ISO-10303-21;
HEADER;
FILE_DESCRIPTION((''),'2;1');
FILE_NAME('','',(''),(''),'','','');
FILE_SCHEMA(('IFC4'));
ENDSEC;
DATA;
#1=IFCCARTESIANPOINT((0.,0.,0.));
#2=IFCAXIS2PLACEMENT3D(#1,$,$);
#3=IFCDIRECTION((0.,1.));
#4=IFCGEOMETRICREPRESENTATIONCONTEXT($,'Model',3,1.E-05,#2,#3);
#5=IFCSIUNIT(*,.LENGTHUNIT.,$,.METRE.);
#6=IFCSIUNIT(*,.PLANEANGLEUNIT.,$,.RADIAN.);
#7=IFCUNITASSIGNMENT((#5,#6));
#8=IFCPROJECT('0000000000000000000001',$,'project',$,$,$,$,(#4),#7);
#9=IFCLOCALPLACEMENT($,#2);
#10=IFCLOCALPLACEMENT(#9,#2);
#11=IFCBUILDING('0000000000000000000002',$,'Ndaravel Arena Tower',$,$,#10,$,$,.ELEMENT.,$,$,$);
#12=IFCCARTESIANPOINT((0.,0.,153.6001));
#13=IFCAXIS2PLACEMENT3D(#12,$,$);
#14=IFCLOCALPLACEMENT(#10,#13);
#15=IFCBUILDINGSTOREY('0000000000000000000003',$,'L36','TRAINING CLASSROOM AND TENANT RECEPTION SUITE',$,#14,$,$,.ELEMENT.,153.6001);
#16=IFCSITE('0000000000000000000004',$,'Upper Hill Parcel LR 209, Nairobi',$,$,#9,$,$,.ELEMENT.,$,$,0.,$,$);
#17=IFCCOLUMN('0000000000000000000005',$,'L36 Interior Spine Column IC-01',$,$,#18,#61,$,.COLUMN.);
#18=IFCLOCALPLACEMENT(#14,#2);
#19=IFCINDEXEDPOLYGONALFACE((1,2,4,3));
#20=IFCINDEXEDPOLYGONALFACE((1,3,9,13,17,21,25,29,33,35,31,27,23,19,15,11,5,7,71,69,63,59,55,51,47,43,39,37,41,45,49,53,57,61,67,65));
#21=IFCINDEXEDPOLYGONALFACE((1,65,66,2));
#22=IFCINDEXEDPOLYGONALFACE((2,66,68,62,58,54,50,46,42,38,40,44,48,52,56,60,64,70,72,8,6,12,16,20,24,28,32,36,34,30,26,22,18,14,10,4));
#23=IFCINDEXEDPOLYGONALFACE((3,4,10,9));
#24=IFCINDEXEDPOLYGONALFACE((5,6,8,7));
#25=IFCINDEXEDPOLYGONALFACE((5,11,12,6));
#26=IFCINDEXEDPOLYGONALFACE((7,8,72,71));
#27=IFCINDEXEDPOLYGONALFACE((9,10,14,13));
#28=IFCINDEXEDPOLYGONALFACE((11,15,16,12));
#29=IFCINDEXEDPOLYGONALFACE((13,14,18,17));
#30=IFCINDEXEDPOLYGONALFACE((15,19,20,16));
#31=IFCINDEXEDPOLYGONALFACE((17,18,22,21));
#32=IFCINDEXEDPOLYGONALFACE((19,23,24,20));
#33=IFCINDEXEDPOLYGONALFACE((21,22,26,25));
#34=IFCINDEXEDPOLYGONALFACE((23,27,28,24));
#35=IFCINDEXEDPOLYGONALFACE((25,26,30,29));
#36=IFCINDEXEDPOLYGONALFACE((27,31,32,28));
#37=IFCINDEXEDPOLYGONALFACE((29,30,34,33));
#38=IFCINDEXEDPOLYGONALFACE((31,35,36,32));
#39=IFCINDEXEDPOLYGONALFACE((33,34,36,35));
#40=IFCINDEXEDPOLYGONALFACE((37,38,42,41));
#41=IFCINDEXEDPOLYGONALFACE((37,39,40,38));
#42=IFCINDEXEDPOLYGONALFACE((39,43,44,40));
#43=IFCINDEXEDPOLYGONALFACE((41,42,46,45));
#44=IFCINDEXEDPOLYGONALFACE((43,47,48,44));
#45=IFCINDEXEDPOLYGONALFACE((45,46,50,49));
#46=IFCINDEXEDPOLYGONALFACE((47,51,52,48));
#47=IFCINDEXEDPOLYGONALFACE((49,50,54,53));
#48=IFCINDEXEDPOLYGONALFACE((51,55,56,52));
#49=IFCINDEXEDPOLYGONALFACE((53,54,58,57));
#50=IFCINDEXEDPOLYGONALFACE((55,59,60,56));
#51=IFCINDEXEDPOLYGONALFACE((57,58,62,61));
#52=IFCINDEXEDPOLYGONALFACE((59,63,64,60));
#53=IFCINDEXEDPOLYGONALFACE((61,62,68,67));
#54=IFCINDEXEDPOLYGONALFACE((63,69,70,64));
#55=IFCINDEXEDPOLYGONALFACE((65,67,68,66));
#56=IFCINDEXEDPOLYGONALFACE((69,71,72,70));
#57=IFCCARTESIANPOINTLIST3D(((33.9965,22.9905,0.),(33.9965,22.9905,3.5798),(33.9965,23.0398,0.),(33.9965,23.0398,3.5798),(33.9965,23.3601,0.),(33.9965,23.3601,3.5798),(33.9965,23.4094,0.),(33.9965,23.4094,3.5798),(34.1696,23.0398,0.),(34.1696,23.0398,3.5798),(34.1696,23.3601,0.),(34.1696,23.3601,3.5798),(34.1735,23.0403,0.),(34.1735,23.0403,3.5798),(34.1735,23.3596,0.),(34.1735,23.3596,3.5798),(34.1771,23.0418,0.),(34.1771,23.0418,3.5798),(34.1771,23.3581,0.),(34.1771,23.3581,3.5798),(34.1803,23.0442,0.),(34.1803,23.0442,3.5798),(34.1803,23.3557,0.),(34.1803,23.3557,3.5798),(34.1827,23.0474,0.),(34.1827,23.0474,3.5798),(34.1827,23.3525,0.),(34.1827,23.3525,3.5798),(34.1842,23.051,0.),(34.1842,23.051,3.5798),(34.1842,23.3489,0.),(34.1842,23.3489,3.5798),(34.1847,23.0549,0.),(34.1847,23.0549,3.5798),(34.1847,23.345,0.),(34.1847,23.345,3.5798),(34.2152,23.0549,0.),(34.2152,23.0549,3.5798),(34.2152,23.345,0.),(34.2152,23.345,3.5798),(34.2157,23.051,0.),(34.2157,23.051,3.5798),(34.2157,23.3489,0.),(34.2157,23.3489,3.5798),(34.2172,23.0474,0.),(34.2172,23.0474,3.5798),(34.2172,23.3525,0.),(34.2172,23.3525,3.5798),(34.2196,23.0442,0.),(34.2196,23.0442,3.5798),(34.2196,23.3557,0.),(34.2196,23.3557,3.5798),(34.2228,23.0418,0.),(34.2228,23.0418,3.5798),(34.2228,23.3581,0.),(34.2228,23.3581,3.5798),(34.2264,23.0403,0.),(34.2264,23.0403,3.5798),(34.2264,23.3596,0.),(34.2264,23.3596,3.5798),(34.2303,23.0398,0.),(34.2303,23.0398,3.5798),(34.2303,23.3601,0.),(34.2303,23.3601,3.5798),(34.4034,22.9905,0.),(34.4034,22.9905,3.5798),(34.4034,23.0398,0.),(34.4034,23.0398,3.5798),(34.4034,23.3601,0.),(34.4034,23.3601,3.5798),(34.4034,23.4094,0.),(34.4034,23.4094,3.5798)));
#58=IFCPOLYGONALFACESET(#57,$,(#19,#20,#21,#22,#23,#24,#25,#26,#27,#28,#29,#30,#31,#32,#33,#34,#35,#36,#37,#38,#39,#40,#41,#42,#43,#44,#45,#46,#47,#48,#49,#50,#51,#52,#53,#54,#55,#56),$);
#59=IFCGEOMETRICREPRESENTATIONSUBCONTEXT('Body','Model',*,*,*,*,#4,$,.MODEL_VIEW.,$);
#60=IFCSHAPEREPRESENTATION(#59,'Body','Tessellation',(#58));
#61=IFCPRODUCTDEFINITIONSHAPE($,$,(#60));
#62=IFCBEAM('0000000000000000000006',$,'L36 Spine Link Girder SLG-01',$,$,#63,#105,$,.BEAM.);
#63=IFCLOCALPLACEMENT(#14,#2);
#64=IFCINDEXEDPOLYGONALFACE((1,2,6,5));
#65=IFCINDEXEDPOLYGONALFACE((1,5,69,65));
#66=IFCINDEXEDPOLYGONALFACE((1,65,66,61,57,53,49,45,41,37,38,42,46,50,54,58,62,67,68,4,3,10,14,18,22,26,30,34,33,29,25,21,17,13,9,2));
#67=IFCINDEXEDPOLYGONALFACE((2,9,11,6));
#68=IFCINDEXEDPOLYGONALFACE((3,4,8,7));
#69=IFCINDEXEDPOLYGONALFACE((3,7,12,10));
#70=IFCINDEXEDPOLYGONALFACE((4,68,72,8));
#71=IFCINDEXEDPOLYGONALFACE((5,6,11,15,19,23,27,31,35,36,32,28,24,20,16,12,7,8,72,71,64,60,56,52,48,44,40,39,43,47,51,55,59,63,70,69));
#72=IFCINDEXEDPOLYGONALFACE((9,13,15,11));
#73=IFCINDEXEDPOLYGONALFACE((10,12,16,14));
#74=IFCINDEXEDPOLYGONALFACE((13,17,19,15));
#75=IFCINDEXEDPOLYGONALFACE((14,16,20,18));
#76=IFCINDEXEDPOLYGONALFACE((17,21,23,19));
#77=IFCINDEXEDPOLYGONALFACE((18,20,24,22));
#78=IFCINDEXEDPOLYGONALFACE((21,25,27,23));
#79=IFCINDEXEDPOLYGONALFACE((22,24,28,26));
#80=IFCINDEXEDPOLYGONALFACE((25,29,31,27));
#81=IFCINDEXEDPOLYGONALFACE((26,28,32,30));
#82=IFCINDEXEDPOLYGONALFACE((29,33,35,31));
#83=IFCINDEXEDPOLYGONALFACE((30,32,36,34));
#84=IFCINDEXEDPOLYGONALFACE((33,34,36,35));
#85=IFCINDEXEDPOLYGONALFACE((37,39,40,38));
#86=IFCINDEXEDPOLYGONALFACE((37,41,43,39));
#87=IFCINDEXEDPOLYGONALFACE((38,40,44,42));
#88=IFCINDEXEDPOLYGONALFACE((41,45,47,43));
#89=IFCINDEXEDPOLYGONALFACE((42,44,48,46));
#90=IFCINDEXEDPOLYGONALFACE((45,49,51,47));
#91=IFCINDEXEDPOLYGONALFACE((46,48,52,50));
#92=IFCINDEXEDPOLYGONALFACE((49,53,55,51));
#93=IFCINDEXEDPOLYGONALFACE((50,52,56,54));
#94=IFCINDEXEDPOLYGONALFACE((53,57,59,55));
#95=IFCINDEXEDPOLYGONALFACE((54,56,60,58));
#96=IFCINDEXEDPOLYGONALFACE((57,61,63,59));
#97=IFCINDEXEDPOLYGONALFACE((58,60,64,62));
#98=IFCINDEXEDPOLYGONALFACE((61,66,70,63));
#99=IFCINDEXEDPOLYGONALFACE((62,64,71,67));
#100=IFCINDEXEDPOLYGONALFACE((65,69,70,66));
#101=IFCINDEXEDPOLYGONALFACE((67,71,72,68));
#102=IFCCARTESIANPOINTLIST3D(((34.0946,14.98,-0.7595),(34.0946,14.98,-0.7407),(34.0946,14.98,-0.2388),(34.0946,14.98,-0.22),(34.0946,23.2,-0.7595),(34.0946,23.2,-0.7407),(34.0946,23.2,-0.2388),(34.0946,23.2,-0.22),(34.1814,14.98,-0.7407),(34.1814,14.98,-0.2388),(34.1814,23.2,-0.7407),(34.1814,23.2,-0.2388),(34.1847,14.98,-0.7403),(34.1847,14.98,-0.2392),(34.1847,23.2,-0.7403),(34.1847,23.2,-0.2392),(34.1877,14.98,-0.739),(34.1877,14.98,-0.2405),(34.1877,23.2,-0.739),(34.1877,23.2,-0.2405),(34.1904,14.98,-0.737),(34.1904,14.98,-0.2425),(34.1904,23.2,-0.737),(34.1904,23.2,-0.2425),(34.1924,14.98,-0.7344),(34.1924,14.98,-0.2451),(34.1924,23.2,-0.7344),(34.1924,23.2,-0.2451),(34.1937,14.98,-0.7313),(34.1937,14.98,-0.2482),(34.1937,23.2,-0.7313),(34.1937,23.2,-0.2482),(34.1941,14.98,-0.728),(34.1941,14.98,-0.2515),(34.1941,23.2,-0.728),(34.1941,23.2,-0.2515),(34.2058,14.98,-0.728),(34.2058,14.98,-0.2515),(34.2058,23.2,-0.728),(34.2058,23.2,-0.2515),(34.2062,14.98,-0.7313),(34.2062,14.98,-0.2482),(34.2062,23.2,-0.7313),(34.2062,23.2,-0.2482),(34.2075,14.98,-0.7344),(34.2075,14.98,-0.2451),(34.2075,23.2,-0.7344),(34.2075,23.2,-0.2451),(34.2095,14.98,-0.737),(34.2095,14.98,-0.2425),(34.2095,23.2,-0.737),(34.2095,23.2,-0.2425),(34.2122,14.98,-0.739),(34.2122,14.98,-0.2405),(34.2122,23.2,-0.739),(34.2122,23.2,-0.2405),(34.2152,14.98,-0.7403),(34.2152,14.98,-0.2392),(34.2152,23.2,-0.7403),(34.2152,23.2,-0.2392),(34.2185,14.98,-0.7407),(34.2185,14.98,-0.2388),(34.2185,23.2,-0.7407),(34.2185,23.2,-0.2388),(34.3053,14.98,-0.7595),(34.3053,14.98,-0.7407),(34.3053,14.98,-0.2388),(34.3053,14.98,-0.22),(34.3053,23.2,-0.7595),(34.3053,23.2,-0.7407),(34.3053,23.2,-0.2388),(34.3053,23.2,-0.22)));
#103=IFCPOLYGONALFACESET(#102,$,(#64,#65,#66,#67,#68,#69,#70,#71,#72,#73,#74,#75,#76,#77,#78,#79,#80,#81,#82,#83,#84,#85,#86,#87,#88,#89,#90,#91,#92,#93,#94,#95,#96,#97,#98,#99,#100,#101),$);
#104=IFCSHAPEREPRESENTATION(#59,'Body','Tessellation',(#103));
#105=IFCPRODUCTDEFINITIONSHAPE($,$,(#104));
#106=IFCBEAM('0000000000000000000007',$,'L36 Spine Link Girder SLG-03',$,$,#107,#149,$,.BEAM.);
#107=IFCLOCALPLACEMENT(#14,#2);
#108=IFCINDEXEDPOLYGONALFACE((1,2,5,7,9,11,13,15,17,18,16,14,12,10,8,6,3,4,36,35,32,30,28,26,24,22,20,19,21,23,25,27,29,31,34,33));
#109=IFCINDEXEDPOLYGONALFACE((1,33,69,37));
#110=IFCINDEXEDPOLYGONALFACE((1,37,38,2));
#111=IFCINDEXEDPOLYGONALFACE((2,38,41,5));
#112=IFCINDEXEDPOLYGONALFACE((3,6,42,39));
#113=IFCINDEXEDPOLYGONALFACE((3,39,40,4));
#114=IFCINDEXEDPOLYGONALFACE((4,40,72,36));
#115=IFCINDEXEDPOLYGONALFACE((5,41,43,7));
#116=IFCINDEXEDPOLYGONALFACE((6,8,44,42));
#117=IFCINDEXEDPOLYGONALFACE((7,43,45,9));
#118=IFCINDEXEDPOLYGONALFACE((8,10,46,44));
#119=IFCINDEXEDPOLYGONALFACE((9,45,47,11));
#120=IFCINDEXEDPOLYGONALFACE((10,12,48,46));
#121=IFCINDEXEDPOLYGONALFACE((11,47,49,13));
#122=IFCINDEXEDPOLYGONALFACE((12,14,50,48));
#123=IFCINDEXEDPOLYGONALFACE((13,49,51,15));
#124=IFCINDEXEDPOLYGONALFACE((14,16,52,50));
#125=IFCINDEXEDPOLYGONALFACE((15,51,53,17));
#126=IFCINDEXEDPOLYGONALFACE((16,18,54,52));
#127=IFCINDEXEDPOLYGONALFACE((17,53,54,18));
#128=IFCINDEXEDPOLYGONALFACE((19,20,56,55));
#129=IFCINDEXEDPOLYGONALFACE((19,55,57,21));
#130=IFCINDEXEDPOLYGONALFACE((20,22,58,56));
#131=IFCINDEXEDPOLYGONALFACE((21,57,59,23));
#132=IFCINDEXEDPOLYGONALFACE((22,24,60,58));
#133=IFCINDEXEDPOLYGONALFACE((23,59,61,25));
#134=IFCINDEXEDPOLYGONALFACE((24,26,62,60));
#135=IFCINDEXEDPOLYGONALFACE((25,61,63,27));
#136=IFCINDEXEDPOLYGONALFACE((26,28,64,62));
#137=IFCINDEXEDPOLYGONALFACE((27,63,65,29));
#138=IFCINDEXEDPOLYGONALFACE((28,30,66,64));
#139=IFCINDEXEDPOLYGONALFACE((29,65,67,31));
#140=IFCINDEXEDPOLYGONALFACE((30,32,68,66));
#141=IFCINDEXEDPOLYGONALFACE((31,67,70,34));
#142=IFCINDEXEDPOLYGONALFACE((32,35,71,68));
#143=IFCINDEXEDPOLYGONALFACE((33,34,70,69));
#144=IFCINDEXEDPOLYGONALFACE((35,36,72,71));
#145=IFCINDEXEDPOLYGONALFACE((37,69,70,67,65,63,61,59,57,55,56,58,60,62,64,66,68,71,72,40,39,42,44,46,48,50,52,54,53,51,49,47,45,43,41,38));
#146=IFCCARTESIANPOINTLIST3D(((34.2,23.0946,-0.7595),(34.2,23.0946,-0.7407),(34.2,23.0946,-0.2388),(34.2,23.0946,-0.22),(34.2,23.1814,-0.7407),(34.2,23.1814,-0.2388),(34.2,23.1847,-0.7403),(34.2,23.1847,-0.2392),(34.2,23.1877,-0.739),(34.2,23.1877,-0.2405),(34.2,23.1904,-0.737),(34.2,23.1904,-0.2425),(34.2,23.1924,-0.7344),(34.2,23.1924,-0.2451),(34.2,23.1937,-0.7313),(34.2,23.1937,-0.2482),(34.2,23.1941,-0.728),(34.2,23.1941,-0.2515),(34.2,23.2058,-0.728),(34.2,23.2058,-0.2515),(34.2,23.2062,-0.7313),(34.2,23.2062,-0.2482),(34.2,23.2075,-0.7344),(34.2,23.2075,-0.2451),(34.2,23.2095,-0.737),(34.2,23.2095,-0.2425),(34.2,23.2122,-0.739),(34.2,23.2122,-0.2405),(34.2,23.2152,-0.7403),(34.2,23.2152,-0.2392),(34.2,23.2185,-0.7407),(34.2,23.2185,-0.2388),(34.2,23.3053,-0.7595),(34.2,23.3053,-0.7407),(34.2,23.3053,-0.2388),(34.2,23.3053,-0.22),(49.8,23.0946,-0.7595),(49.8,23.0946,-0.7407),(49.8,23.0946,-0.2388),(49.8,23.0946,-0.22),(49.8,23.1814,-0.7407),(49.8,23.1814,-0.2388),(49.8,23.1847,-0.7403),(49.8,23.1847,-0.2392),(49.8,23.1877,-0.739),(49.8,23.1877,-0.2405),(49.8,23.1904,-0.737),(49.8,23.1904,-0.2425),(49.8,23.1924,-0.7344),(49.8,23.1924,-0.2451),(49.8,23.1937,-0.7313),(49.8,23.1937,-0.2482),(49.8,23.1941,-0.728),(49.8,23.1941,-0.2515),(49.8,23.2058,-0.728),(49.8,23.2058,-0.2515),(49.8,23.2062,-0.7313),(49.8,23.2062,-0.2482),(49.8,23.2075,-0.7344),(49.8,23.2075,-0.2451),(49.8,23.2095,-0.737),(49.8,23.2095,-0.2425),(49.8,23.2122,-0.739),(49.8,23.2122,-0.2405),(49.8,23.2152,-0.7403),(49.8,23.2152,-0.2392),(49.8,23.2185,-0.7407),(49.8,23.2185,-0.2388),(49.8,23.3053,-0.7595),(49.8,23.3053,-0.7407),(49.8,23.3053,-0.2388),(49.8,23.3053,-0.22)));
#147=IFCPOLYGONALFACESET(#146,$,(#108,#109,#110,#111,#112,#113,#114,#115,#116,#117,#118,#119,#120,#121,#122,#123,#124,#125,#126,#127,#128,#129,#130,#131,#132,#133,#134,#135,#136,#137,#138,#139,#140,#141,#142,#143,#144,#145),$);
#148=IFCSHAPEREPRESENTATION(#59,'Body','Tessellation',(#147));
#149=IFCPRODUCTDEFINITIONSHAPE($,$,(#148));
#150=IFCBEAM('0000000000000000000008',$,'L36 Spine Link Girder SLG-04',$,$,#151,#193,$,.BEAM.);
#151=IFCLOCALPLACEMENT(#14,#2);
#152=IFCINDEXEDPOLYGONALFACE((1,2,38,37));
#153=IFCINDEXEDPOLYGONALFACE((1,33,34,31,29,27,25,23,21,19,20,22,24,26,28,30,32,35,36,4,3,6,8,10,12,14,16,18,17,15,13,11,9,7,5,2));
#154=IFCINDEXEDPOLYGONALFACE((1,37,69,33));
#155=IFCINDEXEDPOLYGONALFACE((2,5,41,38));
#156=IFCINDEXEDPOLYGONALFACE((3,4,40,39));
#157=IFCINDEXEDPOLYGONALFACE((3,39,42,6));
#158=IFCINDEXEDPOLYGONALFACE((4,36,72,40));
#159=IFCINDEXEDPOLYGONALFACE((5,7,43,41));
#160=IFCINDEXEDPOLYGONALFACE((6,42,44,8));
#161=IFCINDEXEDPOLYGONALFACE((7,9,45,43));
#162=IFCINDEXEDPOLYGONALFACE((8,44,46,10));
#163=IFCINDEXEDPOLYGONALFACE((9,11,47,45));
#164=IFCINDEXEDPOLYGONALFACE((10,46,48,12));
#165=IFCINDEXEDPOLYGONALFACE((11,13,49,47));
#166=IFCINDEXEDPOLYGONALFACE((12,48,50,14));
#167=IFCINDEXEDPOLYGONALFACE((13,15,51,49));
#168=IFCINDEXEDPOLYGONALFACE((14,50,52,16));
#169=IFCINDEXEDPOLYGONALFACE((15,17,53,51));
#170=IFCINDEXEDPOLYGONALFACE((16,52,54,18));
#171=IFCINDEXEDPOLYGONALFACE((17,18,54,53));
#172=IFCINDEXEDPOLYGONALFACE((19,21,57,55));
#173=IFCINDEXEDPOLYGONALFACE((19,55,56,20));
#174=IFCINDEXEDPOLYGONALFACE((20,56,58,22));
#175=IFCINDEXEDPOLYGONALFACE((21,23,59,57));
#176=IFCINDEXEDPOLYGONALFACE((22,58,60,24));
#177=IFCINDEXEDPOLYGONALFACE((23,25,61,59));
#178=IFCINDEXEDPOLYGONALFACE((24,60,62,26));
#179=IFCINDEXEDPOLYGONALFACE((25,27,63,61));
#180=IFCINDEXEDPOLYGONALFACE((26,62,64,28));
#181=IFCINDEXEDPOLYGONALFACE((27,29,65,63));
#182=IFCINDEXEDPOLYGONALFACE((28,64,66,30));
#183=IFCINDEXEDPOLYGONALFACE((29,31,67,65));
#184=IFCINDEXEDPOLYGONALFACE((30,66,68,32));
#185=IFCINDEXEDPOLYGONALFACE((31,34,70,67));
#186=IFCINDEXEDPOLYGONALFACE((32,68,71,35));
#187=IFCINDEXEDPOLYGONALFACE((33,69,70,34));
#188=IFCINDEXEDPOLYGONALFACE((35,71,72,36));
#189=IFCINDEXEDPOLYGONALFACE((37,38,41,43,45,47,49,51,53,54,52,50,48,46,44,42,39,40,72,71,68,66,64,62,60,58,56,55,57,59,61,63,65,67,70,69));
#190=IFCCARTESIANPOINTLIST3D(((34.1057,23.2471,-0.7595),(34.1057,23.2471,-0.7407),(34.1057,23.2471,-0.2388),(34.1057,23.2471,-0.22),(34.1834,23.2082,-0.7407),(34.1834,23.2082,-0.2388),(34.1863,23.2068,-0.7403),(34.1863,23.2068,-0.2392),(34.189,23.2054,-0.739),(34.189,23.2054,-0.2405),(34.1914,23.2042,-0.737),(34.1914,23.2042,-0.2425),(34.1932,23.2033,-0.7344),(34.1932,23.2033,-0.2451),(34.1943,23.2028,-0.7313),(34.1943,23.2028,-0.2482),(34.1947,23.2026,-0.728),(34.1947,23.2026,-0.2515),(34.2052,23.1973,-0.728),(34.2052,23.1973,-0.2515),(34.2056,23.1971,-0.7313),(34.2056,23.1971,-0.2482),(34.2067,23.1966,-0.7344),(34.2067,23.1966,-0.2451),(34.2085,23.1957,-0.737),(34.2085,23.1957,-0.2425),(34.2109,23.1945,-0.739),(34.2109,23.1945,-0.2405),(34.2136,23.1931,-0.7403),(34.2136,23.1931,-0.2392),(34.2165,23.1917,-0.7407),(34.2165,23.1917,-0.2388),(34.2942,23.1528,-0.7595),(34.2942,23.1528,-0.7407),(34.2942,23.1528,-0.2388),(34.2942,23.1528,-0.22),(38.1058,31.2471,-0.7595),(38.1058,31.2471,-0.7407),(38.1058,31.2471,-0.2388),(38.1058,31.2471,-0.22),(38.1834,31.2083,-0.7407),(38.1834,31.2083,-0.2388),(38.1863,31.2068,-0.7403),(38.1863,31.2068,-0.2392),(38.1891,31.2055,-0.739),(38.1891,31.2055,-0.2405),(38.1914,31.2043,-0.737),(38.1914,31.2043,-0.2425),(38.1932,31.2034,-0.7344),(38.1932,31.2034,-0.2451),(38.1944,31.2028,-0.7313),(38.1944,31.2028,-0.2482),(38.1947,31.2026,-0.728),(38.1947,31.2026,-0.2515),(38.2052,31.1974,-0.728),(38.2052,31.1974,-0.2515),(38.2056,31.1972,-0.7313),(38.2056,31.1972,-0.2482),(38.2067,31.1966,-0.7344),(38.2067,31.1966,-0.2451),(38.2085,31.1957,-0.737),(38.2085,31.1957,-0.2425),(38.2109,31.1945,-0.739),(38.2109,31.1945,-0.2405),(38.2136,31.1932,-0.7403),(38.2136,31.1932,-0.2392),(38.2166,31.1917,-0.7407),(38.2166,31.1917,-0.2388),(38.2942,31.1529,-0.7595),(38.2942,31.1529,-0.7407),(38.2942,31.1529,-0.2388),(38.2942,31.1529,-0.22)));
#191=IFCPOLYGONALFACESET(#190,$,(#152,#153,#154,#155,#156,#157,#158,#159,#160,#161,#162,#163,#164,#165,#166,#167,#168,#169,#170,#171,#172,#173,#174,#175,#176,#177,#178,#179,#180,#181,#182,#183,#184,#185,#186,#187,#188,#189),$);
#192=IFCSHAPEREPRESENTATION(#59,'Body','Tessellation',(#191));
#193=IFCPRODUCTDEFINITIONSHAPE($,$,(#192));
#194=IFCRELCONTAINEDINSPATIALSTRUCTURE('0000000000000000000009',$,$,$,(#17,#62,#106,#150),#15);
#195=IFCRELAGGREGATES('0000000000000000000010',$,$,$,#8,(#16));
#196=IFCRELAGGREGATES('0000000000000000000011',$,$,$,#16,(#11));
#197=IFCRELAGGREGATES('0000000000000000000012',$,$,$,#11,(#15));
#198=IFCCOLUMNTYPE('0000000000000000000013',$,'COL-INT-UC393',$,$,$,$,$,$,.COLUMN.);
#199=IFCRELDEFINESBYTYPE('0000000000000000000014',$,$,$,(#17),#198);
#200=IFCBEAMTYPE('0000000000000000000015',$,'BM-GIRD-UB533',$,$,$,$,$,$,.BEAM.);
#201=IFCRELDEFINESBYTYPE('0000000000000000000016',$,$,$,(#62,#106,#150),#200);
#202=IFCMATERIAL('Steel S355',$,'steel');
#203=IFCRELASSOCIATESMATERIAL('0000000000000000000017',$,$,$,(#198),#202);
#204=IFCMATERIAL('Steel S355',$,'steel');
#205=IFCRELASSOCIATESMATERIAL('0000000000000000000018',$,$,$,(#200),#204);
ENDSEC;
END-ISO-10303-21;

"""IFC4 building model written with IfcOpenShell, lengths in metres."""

from ifc_helpers import new_model, si_unit, direction, frame, origin, origin_2d, place, context, subcontext, project, spatial, i_section, extrude, material, material_profile, profile_set, type_object, element, save


model = new_model("IFC4")

# Units and contexts
model_context = context("Model", 3, precision=1e-05, world=origin(), true_north=direction((0.0, 1.0)))
body_context = subcontext(model_context, "Body", "Model", "MODEL_VIEW")
ifc_project = project(units=[si_unit("LENGTHUNIT", "METRE"), si_unit("PLANEANGLEUNIT", "RADIAN")], contexts=[model_context])

# Site, building, storey
site_placement = place(None, origin())
site = spatial("IfcSite", under=ifc_project, at=site_placement, Name="Upper Hill Parcel LR 209, Nairobi", CompositionType="ELEMENT", RefElevation=0.0)
building_placement = place(site_placement, origin())
building = spatial("IfcBuilding", under=site, at=building_placement, Name="Ndaravel Arena Tower", CompositionType="ELEMENT")
storey_placement = place(building_placement, frame((0.0, 0.0, 153.6001)))
storey = spatial("IfcBuildingStorey", under=building, at=storey_placement, Name="L36", Description="TRAINING CLASSROOM AND TENANT RECEPTION SUITE", CompositionType="ELEMENT", Elevation=153.6001)

# Column
ifc_material_1 = material(Name="Steel S355", Category="steel")
ifc_material_profile_1 = material_profile(ifc_material_1, i_section(OverallWidth=0.407, OverallDepth=0.4189, WebThickness=0.0305, FlangeThickness=0.0493, FilletRadius=0.0151, at=origin_2d()), Name="UC 356x406x393")
ifc_profile_set_1 = profile_set([ifc_material_profile_1], Name="Steel S355")
column_type = type_object("IfcColumnType", Name="COL-INT-UC393", PredefinedType="COLUMN", material=ifc_profile_set_1)
column_placement = place(storey_placement, frame((34.2, 23.2, 0.0), z_axis=(0.0, 0.0, 1.0), x_axis=(1.0, 0.0, 0.0)))
element("IfcColumn", 1, at=column_placement, inside=storey, type_object=column_type, Name="L36 Interior Spine Column IC-01", PredefinedType="COLUMN", context=body_context, shape_type="SweptSolid", body=[
    extrude(i_section(OverallWidth=0.407, OverallDepth=0.4189, WebThickness=0.0305, FlangeThickness=0.0493, FilletRadius=0.0151, at=origin_2d()), origin(), (0.0, 0.0, 1.0), 3.5798),
])

# Beams
ifc_material_2 = material(Name="Steel S355", Category="steel")
ifc_material_profile_2 = material_profile(ifc_material_2, i_section(OverallWidth=0.2107, OverallDepth=0.5396, WebThickness=0.0117, FlangeThickness=0.0188, FilletRadius=0.0127, at=origin_2d()), Name="UB 533x210x109")
ifc_profile_set_2 = profile_set([ifc_material_profile_2], Name="Steel S355")
beam_type = type_object("IfcBeamType", Name="BM-GIRD-UB533", PredefinedType="BEAM", material=ifc_profile_set_2)
beam_1_placement = place(storey_placement, frame((34.2, 14.98, -0.4897), z_axis=(0.0, 1.0, 0.0), x_axis=(-1.0, 0.0, 0.0)))
element("IfcBeam", 2, at=beam_1_placement, inside=storey, type_object=beam_type, Name="L36 Spine Link Girder SLG-01", PredefinedType="BEAM", context=body_context, shape_type="SweptSolid", body=[
    extrude(i_section(OverallWidth=0.2107, OverallDepth=0.5396, WebThickness=0.0117, FlangeThickness=0.0188, FilletRadius=0.0127, at=origin_2d()), origin(), (0.0, 0.0, 1.0), 8.22),
])
beam_2_placement = place(storey_placement, frame((34.2, 23.2, -0.4897), z_axis=(1.0, 0.0, 0.0), x_axis=(0.0, 1.0, 0.0)))
element("IfcBeam", 3, at=beam_2_placement, inside=storey, type_object=beam_type, Name="L36 Spine Link Girder SLG-03", PredefinedType="BEAM", context=body_context, shape_type="SweptSolid", body=[
    extrude(i_section(OverallWidth=0.2107, OverallDepth=0.5396, WebThickness=0.0117, FlangeThickness=0.0188, FilletRadius=0.0127, at=origin_2d()), origin(), (0.0, 0.0, 1.0), 15.6001),
])
beam_3_placement = place(storey_placement, frame((34.2, 23.2, -0.4897), z_axis=(0.447214, 0.894427, 0.0), x_axis=(-0.894427, 0.447214, 0.0)))
element("IfcBeam", 4, at=beam_3_placement, inside=storey, type_object=beam_type, Name="L36 Spine Link Girder SLG-04", PredefinedType="BEAM", context=body_context, shape_type="SweptSolid", body=[
    extrude(i_section(OverallWidth=0.2107, OverallDepth=0.5396, WebThickness=0.0117, FlangeThickness=0.0188, FilletRadius=0.0127, at=origin_2d()), origin(), (0.0, 0.0, 1.0), 8.9443),
])

save(model, "model.ifc")
